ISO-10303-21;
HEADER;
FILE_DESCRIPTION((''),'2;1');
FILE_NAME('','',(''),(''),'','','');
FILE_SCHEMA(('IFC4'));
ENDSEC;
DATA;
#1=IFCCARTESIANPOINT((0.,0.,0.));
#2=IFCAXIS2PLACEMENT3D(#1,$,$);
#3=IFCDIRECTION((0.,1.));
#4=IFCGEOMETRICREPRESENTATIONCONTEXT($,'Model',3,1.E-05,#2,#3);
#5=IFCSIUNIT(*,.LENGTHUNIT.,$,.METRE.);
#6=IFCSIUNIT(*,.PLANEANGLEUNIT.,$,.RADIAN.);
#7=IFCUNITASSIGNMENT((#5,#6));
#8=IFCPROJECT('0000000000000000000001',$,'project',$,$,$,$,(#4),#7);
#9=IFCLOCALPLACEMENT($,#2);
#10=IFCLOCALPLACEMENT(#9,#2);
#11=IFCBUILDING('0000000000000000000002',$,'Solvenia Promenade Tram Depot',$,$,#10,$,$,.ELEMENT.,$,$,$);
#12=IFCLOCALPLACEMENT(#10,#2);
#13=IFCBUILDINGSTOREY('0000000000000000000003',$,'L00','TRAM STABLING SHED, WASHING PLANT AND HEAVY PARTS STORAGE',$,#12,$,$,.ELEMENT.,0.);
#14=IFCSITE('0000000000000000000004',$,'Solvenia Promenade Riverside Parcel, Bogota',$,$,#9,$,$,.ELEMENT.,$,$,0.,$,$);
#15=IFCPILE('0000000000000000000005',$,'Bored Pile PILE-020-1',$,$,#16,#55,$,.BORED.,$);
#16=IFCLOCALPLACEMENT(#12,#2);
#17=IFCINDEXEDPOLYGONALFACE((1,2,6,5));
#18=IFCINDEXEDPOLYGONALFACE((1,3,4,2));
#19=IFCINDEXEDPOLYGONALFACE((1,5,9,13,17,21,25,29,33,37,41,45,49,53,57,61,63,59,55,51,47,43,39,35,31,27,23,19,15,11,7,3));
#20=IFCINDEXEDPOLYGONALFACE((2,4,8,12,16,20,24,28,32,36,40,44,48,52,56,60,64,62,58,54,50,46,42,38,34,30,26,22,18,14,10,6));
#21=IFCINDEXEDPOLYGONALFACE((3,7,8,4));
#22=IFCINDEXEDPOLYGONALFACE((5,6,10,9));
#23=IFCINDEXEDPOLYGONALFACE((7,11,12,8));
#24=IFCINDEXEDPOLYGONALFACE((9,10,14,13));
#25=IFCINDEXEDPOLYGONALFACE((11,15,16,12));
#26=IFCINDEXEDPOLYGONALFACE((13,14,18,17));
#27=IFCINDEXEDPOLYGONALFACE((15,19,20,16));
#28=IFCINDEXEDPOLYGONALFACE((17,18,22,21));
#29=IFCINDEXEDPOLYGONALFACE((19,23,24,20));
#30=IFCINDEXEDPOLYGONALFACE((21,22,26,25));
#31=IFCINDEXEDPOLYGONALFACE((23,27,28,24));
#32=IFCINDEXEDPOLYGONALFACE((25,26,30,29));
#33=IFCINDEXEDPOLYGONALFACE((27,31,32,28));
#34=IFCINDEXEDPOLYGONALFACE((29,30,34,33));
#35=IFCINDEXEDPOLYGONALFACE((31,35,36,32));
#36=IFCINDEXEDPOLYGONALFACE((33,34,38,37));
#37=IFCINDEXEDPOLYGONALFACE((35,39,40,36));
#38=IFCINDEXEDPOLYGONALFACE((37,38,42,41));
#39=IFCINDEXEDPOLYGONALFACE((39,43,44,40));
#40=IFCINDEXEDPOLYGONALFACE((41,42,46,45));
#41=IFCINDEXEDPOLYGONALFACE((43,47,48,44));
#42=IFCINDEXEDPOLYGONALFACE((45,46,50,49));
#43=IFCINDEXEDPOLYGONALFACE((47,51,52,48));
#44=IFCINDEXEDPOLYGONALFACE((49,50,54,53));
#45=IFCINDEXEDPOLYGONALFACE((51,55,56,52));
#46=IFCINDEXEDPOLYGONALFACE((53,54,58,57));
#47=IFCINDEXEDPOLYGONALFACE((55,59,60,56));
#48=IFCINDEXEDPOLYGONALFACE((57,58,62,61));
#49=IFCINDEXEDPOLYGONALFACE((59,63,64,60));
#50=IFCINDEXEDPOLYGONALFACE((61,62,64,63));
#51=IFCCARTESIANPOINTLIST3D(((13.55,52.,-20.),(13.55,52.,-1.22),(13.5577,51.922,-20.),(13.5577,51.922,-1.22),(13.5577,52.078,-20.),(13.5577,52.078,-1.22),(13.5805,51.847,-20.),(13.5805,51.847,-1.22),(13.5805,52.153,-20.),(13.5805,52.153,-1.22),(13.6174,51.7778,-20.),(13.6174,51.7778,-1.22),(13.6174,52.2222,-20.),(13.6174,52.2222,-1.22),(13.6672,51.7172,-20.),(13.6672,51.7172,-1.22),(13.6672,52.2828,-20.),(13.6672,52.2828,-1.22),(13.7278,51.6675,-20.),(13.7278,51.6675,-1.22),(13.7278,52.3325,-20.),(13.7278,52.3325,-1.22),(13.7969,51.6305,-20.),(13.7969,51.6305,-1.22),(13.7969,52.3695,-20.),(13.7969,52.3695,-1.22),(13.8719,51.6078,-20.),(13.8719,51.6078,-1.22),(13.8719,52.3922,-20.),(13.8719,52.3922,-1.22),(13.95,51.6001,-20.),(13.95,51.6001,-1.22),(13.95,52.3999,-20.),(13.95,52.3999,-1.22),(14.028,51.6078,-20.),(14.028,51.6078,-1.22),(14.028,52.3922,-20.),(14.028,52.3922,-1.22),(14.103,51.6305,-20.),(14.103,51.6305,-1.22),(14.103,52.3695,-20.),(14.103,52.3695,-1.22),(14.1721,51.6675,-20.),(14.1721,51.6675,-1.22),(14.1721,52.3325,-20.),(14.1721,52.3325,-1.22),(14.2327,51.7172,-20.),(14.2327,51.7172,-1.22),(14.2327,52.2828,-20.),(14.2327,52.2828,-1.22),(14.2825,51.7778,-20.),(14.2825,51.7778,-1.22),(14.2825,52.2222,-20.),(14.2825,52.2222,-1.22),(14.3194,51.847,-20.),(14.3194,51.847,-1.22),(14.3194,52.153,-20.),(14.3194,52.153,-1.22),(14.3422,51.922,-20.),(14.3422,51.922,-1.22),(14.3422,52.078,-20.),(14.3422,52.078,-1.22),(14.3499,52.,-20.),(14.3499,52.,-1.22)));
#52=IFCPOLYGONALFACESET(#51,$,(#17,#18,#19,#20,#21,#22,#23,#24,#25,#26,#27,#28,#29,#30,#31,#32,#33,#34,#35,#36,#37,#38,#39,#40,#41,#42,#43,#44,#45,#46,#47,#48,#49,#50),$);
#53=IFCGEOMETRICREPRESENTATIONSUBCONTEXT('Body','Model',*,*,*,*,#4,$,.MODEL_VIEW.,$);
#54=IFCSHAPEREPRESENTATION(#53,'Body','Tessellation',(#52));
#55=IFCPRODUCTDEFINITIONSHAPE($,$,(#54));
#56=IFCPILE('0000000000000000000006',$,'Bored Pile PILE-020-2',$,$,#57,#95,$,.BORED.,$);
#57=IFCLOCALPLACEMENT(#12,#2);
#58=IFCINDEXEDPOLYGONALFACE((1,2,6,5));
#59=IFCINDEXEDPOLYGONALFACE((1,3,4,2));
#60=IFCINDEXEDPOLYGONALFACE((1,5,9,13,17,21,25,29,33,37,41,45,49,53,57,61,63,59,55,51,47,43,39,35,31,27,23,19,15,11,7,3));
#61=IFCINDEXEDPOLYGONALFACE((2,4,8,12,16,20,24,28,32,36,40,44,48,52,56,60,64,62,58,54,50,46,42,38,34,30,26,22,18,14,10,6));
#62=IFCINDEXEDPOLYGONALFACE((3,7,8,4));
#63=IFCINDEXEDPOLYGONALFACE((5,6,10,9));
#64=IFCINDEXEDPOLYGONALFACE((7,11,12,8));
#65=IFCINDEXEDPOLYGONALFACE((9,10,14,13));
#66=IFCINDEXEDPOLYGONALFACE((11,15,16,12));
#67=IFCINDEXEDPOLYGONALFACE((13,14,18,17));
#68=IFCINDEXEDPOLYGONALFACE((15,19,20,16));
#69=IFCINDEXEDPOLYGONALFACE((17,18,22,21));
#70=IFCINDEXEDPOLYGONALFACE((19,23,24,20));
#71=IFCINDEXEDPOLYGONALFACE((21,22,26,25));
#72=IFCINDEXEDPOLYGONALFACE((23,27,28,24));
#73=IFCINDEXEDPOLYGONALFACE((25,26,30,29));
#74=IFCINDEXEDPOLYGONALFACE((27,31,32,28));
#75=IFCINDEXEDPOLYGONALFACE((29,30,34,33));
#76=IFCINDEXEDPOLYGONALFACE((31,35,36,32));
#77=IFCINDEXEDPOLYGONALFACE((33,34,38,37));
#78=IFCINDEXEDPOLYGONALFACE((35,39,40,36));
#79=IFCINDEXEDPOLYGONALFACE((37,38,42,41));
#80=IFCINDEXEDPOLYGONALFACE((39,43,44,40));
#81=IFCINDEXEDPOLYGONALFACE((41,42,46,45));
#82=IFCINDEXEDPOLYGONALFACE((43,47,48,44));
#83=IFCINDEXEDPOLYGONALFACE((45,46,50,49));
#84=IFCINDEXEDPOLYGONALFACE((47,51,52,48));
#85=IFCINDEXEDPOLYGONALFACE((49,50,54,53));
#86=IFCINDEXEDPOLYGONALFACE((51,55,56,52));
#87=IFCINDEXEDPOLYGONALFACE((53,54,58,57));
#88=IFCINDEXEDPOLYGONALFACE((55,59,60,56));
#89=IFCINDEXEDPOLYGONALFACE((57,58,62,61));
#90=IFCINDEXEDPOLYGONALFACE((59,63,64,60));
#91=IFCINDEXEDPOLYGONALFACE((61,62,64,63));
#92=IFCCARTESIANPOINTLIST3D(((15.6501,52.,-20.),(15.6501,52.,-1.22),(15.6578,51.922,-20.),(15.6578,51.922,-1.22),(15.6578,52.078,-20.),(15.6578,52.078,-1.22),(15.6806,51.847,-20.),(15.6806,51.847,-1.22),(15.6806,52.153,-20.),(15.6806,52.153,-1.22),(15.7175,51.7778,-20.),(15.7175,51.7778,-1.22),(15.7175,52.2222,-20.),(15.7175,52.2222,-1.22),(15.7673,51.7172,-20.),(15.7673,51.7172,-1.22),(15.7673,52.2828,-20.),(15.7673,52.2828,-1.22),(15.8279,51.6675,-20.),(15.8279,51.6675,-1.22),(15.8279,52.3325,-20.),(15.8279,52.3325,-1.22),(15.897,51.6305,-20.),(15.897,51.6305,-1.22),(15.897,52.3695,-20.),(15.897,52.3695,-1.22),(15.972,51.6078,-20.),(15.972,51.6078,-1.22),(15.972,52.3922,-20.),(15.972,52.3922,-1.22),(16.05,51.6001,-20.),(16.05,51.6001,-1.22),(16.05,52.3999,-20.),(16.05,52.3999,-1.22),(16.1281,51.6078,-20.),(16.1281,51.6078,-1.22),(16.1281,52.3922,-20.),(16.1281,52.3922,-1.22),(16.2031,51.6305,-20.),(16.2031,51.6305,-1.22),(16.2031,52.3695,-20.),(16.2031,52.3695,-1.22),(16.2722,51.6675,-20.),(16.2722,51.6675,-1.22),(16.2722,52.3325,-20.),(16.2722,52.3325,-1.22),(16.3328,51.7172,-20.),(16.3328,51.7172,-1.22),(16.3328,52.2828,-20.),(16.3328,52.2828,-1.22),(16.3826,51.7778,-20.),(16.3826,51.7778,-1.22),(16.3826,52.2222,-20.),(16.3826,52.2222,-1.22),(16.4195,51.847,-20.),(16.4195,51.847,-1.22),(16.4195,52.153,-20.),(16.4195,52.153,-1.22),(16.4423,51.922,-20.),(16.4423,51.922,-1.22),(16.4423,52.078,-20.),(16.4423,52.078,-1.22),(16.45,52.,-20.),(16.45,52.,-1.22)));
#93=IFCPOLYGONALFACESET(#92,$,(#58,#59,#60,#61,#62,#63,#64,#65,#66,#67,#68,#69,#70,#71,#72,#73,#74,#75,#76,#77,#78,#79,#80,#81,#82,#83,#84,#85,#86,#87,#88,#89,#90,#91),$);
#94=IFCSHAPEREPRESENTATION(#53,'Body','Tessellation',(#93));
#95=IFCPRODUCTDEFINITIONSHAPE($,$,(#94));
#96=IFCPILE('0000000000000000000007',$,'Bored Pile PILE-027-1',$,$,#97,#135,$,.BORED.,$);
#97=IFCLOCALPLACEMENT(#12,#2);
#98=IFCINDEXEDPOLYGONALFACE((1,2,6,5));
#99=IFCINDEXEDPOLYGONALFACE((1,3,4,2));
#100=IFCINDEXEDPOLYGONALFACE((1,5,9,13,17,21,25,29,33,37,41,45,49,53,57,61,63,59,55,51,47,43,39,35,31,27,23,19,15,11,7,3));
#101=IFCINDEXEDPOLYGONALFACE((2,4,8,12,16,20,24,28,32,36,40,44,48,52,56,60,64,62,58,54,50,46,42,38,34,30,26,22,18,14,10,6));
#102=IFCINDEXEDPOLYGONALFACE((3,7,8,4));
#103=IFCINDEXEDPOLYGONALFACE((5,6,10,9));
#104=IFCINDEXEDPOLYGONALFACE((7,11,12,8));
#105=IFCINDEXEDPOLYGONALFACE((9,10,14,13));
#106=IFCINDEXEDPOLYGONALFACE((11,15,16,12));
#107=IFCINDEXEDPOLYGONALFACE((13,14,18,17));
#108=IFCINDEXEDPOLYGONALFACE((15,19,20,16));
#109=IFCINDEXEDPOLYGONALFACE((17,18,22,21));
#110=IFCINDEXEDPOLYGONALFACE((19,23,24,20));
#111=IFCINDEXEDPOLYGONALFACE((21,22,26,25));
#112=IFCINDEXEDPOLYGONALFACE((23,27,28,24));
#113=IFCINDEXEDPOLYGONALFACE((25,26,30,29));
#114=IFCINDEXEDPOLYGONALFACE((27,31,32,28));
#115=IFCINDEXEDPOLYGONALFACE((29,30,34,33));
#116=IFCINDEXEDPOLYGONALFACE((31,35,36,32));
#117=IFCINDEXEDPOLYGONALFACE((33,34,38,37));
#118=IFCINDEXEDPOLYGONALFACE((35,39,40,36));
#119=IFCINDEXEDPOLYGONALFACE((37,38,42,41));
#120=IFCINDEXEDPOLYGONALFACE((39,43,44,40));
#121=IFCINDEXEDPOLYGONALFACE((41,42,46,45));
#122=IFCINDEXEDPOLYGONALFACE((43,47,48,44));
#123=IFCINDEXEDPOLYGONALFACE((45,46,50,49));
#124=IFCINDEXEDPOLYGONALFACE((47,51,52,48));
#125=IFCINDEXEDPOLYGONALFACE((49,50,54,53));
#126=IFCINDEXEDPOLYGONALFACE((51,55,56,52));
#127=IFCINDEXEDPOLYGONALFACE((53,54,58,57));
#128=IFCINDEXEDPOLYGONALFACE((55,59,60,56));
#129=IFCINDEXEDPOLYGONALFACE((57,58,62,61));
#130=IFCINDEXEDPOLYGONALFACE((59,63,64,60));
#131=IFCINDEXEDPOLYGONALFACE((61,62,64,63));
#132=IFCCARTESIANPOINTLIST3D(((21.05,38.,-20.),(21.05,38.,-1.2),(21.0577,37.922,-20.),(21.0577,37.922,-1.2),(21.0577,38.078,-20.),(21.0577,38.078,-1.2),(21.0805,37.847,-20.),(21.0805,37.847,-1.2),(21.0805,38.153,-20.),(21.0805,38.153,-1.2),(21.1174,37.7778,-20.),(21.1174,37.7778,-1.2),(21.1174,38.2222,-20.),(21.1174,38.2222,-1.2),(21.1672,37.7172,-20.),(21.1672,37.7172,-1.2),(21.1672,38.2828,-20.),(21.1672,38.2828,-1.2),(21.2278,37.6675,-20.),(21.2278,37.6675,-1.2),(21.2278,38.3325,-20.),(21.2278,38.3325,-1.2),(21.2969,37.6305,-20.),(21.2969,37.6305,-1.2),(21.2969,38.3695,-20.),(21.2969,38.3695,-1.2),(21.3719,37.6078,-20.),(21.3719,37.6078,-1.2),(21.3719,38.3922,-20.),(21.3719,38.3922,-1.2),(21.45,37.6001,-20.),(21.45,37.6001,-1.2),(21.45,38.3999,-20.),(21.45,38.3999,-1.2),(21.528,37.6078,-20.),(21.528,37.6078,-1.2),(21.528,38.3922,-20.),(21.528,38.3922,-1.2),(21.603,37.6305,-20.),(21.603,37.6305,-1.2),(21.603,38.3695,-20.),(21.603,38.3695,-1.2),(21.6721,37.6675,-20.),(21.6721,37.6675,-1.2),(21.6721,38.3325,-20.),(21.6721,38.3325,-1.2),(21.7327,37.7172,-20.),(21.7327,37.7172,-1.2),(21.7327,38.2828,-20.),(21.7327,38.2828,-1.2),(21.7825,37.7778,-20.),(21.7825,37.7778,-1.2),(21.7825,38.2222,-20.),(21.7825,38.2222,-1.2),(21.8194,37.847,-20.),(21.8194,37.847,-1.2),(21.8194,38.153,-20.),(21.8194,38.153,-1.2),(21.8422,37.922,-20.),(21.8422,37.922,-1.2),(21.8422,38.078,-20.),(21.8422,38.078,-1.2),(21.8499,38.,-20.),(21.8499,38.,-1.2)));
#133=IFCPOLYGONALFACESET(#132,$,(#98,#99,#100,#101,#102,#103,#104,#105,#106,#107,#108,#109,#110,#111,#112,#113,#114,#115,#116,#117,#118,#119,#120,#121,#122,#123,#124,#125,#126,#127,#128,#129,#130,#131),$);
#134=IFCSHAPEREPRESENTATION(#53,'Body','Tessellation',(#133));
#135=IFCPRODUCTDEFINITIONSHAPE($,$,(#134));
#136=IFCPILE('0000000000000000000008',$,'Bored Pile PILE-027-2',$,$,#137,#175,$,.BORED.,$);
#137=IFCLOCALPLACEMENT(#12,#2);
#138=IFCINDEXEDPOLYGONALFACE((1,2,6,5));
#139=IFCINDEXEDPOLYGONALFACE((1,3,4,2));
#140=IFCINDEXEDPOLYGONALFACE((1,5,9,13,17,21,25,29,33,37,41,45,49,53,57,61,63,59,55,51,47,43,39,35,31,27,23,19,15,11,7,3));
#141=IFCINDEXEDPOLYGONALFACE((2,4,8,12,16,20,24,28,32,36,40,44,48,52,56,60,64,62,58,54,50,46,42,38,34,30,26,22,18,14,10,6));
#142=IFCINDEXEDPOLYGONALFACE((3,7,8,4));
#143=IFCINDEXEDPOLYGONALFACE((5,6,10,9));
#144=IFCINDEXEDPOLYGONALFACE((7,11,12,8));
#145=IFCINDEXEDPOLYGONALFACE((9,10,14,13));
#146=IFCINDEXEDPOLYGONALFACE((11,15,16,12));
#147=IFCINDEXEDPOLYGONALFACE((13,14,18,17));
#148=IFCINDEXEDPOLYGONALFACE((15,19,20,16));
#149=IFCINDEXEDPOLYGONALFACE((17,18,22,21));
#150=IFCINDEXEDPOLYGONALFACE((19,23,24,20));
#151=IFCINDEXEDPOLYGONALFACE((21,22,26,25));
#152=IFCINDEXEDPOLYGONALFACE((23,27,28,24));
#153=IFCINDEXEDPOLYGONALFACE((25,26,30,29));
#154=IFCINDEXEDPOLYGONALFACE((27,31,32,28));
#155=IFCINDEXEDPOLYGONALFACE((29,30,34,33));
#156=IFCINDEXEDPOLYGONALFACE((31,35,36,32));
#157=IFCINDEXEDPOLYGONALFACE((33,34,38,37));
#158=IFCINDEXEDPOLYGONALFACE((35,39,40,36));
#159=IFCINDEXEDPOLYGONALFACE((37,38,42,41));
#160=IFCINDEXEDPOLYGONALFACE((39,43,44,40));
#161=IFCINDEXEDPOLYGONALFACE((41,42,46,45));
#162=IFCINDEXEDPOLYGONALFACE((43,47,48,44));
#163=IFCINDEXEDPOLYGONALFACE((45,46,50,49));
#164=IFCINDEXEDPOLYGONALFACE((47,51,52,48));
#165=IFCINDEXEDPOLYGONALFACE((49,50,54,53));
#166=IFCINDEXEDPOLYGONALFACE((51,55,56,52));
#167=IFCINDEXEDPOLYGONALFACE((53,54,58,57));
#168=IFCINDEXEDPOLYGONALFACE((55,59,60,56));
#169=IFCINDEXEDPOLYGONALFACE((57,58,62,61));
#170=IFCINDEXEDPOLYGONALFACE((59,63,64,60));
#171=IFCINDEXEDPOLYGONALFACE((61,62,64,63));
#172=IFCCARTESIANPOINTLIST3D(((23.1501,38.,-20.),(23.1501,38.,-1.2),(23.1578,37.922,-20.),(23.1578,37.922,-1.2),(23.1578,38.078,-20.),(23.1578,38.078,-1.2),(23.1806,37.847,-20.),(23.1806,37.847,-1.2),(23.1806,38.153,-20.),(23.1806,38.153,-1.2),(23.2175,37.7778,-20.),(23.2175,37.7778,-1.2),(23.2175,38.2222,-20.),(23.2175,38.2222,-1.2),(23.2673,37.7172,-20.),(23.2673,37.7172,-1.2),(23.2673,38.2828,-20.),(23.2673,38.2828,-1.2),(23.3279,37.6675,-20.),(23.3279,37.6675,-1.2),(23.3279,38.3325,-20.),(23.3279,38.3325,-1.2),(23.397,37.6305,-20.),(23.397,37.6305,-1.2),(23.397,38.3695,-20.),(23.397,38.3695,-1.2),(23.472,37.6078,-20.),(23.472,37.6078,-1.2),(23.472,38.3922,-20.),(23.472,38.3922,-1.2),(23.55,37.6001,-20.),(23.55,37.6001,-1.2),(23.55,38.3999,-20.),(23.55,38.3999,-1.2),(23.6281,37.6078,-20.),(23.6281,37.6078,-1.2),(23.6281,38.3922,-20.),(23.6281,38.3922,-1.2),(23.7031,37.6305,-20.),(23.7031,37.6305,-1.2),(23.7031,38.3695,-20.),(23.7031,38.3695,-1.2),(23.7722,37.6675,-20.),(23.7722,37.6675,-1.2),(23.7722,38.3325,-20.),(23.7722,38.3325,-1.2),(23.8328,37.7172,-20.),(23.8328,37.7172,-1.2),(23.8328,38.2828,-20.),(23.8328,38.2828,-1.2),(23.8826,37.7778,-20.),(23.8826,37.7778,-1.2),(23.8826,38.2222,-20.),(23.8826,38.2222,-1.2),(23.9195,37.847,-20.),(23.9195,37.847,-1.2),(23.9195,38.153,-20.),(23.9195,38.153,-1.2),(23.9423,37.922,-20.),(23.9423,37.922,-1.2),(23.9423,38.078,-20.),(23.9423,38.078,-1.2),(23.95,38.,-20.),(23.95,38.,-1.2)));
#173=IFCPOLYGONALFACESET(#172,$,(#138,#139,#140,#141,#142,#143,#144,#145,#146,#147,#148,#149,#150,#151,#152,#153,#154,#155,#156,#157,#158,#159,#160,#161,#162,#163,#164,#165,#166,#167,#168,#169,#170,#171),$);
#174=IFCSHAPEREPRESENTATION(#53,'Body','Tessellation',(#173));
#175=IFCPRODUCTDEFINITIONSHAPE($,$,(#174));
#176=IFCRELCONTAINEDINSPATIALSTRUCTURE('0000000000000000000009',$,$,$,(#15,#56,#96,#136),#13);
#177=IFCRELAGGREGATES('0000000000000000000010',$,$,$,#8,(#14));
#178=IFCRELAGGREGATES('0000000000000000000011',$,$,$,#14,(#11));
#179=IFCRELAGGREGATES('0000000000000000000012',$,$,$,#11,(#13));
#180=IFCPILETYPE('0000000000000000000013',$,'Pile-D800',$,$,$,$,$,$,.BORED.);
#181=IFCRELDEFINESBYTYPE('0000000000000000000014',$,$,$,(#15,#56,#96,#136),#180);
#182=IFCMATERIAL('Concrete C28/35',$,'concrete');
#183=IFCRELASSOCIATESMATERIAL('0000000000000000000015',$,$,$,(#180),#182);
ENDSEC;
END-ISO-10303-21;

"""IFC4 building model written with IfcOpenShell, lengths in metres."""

from ifc_helpers import new_model, si_unit, direction, frame, origin, origin_2d, place, context, subcontext, project, spatial, circle, extrude, material, material_profile, profile_set, type_object, element, save


model = new_model("IFC4")

# Units and contexts
model_context = context("Model", 3, precision=1e-05, world=origin(), true_north=direction((0.0, 1.0)))
body_context = subcontext(model_context, "Body", "Model", "MODEL_VIEW")
ifc_project = project(units=[si_unit("LENGTHUNIT", "METRE"), si_unit("PLANEANGLEUNIT", "RADIAN")], contexts=[model_context])

# Site, building, storey
site_placement = place(None, origin())
site = spatial("IfcSite", under=ifc_project, at=site_placement, Name="Solvenia Promenade Riverside Parcel, Bogota", CompositionType="ELEMENT", RefElevation=0.0)
building_placement = place(site_placement, origin())
building = spatial("IfcBuilding", under=site, at=building_placement, Name="Solvenia Promenade Tram Depot", CompositionType="ELEMENT")
storey_placement = place(building_placement, origin())
storey = spatial("IfcBuildingStorey", under=building, at=storey_placement, Name="L00", Description="TRAM STABLING SHED, WASHING PLANT AND HEAVY PARTS STORAGE", CompositionType="ELEMENT", Elevation=0.0)

# Shared definitions
ifc_material_1 = material(Name="Concrete C28/35", Category="concrete")

# Piles
ifc_material_profile_1 = material_profile(ifc_material_1, circle(Radius=0.3999, at=origin_2d()), Name="D800", Category="concrete")
ifc_profile_set_1 = profile_set([ifc_material_profile_1], Name="Concrete C28/35")
pile_type_1 = type_object("IfcPileType", Name="Pile-D800", PredefinedType="BORED", material=ifc_profile_set_1)
for number, where, z_axis, x_axis, name in (
    (1, (13.95, 52.0, -1.22), (0.0, 0.0, -1.0), (1.0, 0.0, 0.0), "Bored Pile PILE-020-1"),
    (2, (16.05, 52.0, -1.22), (0.0, 0.0, -1.0), (1.0, 0.0, 0.0), "Bored Pile PILE-020-2"),
):
    element("IfcPile", number, at=place(storey_placement, frame(where, z_axis=z_axis, x_axis=x_axis)), inside=storey, type_object=pile_type_1, Name=name, PredefinedType="BORED", context=body_context, shape_type="SweptSolid", body=[
        extrude(circle(Radius=0.3999, at=origin_2d()), origin(), (0.0, 0.0, 1.0), 18.78),
    ])
for number, where, z_axis, x_axis, name in (
    (3, (21.45, 38.0, -1.2), (0.0, 0.0, -1.0), (1.0, 0.0, 0.0), "Bored Pile PILE-027-1"),
    (4, (23.55, 38.0, -1.2), (0.0, 0.0, -1.0), (1.0, 0.0, 0.0), "Bored Pile PILE-027-2"),
):
    element("IfcPile", number, at=place(storey_placement, frame(where, z_axis=z_axis, x_axis=x_axis)), inside=storey, type_object=pile_type_1, Name=name, PredefinedType="BORED", context=body_context, shape_type="SweptSolid", body=[
        extrude(circle(Radius=0.3999, at=origin_2d()), origin(), (0.0, 0.0, 1.0), 18.8),
    ])

save(model, "model.ifc")
